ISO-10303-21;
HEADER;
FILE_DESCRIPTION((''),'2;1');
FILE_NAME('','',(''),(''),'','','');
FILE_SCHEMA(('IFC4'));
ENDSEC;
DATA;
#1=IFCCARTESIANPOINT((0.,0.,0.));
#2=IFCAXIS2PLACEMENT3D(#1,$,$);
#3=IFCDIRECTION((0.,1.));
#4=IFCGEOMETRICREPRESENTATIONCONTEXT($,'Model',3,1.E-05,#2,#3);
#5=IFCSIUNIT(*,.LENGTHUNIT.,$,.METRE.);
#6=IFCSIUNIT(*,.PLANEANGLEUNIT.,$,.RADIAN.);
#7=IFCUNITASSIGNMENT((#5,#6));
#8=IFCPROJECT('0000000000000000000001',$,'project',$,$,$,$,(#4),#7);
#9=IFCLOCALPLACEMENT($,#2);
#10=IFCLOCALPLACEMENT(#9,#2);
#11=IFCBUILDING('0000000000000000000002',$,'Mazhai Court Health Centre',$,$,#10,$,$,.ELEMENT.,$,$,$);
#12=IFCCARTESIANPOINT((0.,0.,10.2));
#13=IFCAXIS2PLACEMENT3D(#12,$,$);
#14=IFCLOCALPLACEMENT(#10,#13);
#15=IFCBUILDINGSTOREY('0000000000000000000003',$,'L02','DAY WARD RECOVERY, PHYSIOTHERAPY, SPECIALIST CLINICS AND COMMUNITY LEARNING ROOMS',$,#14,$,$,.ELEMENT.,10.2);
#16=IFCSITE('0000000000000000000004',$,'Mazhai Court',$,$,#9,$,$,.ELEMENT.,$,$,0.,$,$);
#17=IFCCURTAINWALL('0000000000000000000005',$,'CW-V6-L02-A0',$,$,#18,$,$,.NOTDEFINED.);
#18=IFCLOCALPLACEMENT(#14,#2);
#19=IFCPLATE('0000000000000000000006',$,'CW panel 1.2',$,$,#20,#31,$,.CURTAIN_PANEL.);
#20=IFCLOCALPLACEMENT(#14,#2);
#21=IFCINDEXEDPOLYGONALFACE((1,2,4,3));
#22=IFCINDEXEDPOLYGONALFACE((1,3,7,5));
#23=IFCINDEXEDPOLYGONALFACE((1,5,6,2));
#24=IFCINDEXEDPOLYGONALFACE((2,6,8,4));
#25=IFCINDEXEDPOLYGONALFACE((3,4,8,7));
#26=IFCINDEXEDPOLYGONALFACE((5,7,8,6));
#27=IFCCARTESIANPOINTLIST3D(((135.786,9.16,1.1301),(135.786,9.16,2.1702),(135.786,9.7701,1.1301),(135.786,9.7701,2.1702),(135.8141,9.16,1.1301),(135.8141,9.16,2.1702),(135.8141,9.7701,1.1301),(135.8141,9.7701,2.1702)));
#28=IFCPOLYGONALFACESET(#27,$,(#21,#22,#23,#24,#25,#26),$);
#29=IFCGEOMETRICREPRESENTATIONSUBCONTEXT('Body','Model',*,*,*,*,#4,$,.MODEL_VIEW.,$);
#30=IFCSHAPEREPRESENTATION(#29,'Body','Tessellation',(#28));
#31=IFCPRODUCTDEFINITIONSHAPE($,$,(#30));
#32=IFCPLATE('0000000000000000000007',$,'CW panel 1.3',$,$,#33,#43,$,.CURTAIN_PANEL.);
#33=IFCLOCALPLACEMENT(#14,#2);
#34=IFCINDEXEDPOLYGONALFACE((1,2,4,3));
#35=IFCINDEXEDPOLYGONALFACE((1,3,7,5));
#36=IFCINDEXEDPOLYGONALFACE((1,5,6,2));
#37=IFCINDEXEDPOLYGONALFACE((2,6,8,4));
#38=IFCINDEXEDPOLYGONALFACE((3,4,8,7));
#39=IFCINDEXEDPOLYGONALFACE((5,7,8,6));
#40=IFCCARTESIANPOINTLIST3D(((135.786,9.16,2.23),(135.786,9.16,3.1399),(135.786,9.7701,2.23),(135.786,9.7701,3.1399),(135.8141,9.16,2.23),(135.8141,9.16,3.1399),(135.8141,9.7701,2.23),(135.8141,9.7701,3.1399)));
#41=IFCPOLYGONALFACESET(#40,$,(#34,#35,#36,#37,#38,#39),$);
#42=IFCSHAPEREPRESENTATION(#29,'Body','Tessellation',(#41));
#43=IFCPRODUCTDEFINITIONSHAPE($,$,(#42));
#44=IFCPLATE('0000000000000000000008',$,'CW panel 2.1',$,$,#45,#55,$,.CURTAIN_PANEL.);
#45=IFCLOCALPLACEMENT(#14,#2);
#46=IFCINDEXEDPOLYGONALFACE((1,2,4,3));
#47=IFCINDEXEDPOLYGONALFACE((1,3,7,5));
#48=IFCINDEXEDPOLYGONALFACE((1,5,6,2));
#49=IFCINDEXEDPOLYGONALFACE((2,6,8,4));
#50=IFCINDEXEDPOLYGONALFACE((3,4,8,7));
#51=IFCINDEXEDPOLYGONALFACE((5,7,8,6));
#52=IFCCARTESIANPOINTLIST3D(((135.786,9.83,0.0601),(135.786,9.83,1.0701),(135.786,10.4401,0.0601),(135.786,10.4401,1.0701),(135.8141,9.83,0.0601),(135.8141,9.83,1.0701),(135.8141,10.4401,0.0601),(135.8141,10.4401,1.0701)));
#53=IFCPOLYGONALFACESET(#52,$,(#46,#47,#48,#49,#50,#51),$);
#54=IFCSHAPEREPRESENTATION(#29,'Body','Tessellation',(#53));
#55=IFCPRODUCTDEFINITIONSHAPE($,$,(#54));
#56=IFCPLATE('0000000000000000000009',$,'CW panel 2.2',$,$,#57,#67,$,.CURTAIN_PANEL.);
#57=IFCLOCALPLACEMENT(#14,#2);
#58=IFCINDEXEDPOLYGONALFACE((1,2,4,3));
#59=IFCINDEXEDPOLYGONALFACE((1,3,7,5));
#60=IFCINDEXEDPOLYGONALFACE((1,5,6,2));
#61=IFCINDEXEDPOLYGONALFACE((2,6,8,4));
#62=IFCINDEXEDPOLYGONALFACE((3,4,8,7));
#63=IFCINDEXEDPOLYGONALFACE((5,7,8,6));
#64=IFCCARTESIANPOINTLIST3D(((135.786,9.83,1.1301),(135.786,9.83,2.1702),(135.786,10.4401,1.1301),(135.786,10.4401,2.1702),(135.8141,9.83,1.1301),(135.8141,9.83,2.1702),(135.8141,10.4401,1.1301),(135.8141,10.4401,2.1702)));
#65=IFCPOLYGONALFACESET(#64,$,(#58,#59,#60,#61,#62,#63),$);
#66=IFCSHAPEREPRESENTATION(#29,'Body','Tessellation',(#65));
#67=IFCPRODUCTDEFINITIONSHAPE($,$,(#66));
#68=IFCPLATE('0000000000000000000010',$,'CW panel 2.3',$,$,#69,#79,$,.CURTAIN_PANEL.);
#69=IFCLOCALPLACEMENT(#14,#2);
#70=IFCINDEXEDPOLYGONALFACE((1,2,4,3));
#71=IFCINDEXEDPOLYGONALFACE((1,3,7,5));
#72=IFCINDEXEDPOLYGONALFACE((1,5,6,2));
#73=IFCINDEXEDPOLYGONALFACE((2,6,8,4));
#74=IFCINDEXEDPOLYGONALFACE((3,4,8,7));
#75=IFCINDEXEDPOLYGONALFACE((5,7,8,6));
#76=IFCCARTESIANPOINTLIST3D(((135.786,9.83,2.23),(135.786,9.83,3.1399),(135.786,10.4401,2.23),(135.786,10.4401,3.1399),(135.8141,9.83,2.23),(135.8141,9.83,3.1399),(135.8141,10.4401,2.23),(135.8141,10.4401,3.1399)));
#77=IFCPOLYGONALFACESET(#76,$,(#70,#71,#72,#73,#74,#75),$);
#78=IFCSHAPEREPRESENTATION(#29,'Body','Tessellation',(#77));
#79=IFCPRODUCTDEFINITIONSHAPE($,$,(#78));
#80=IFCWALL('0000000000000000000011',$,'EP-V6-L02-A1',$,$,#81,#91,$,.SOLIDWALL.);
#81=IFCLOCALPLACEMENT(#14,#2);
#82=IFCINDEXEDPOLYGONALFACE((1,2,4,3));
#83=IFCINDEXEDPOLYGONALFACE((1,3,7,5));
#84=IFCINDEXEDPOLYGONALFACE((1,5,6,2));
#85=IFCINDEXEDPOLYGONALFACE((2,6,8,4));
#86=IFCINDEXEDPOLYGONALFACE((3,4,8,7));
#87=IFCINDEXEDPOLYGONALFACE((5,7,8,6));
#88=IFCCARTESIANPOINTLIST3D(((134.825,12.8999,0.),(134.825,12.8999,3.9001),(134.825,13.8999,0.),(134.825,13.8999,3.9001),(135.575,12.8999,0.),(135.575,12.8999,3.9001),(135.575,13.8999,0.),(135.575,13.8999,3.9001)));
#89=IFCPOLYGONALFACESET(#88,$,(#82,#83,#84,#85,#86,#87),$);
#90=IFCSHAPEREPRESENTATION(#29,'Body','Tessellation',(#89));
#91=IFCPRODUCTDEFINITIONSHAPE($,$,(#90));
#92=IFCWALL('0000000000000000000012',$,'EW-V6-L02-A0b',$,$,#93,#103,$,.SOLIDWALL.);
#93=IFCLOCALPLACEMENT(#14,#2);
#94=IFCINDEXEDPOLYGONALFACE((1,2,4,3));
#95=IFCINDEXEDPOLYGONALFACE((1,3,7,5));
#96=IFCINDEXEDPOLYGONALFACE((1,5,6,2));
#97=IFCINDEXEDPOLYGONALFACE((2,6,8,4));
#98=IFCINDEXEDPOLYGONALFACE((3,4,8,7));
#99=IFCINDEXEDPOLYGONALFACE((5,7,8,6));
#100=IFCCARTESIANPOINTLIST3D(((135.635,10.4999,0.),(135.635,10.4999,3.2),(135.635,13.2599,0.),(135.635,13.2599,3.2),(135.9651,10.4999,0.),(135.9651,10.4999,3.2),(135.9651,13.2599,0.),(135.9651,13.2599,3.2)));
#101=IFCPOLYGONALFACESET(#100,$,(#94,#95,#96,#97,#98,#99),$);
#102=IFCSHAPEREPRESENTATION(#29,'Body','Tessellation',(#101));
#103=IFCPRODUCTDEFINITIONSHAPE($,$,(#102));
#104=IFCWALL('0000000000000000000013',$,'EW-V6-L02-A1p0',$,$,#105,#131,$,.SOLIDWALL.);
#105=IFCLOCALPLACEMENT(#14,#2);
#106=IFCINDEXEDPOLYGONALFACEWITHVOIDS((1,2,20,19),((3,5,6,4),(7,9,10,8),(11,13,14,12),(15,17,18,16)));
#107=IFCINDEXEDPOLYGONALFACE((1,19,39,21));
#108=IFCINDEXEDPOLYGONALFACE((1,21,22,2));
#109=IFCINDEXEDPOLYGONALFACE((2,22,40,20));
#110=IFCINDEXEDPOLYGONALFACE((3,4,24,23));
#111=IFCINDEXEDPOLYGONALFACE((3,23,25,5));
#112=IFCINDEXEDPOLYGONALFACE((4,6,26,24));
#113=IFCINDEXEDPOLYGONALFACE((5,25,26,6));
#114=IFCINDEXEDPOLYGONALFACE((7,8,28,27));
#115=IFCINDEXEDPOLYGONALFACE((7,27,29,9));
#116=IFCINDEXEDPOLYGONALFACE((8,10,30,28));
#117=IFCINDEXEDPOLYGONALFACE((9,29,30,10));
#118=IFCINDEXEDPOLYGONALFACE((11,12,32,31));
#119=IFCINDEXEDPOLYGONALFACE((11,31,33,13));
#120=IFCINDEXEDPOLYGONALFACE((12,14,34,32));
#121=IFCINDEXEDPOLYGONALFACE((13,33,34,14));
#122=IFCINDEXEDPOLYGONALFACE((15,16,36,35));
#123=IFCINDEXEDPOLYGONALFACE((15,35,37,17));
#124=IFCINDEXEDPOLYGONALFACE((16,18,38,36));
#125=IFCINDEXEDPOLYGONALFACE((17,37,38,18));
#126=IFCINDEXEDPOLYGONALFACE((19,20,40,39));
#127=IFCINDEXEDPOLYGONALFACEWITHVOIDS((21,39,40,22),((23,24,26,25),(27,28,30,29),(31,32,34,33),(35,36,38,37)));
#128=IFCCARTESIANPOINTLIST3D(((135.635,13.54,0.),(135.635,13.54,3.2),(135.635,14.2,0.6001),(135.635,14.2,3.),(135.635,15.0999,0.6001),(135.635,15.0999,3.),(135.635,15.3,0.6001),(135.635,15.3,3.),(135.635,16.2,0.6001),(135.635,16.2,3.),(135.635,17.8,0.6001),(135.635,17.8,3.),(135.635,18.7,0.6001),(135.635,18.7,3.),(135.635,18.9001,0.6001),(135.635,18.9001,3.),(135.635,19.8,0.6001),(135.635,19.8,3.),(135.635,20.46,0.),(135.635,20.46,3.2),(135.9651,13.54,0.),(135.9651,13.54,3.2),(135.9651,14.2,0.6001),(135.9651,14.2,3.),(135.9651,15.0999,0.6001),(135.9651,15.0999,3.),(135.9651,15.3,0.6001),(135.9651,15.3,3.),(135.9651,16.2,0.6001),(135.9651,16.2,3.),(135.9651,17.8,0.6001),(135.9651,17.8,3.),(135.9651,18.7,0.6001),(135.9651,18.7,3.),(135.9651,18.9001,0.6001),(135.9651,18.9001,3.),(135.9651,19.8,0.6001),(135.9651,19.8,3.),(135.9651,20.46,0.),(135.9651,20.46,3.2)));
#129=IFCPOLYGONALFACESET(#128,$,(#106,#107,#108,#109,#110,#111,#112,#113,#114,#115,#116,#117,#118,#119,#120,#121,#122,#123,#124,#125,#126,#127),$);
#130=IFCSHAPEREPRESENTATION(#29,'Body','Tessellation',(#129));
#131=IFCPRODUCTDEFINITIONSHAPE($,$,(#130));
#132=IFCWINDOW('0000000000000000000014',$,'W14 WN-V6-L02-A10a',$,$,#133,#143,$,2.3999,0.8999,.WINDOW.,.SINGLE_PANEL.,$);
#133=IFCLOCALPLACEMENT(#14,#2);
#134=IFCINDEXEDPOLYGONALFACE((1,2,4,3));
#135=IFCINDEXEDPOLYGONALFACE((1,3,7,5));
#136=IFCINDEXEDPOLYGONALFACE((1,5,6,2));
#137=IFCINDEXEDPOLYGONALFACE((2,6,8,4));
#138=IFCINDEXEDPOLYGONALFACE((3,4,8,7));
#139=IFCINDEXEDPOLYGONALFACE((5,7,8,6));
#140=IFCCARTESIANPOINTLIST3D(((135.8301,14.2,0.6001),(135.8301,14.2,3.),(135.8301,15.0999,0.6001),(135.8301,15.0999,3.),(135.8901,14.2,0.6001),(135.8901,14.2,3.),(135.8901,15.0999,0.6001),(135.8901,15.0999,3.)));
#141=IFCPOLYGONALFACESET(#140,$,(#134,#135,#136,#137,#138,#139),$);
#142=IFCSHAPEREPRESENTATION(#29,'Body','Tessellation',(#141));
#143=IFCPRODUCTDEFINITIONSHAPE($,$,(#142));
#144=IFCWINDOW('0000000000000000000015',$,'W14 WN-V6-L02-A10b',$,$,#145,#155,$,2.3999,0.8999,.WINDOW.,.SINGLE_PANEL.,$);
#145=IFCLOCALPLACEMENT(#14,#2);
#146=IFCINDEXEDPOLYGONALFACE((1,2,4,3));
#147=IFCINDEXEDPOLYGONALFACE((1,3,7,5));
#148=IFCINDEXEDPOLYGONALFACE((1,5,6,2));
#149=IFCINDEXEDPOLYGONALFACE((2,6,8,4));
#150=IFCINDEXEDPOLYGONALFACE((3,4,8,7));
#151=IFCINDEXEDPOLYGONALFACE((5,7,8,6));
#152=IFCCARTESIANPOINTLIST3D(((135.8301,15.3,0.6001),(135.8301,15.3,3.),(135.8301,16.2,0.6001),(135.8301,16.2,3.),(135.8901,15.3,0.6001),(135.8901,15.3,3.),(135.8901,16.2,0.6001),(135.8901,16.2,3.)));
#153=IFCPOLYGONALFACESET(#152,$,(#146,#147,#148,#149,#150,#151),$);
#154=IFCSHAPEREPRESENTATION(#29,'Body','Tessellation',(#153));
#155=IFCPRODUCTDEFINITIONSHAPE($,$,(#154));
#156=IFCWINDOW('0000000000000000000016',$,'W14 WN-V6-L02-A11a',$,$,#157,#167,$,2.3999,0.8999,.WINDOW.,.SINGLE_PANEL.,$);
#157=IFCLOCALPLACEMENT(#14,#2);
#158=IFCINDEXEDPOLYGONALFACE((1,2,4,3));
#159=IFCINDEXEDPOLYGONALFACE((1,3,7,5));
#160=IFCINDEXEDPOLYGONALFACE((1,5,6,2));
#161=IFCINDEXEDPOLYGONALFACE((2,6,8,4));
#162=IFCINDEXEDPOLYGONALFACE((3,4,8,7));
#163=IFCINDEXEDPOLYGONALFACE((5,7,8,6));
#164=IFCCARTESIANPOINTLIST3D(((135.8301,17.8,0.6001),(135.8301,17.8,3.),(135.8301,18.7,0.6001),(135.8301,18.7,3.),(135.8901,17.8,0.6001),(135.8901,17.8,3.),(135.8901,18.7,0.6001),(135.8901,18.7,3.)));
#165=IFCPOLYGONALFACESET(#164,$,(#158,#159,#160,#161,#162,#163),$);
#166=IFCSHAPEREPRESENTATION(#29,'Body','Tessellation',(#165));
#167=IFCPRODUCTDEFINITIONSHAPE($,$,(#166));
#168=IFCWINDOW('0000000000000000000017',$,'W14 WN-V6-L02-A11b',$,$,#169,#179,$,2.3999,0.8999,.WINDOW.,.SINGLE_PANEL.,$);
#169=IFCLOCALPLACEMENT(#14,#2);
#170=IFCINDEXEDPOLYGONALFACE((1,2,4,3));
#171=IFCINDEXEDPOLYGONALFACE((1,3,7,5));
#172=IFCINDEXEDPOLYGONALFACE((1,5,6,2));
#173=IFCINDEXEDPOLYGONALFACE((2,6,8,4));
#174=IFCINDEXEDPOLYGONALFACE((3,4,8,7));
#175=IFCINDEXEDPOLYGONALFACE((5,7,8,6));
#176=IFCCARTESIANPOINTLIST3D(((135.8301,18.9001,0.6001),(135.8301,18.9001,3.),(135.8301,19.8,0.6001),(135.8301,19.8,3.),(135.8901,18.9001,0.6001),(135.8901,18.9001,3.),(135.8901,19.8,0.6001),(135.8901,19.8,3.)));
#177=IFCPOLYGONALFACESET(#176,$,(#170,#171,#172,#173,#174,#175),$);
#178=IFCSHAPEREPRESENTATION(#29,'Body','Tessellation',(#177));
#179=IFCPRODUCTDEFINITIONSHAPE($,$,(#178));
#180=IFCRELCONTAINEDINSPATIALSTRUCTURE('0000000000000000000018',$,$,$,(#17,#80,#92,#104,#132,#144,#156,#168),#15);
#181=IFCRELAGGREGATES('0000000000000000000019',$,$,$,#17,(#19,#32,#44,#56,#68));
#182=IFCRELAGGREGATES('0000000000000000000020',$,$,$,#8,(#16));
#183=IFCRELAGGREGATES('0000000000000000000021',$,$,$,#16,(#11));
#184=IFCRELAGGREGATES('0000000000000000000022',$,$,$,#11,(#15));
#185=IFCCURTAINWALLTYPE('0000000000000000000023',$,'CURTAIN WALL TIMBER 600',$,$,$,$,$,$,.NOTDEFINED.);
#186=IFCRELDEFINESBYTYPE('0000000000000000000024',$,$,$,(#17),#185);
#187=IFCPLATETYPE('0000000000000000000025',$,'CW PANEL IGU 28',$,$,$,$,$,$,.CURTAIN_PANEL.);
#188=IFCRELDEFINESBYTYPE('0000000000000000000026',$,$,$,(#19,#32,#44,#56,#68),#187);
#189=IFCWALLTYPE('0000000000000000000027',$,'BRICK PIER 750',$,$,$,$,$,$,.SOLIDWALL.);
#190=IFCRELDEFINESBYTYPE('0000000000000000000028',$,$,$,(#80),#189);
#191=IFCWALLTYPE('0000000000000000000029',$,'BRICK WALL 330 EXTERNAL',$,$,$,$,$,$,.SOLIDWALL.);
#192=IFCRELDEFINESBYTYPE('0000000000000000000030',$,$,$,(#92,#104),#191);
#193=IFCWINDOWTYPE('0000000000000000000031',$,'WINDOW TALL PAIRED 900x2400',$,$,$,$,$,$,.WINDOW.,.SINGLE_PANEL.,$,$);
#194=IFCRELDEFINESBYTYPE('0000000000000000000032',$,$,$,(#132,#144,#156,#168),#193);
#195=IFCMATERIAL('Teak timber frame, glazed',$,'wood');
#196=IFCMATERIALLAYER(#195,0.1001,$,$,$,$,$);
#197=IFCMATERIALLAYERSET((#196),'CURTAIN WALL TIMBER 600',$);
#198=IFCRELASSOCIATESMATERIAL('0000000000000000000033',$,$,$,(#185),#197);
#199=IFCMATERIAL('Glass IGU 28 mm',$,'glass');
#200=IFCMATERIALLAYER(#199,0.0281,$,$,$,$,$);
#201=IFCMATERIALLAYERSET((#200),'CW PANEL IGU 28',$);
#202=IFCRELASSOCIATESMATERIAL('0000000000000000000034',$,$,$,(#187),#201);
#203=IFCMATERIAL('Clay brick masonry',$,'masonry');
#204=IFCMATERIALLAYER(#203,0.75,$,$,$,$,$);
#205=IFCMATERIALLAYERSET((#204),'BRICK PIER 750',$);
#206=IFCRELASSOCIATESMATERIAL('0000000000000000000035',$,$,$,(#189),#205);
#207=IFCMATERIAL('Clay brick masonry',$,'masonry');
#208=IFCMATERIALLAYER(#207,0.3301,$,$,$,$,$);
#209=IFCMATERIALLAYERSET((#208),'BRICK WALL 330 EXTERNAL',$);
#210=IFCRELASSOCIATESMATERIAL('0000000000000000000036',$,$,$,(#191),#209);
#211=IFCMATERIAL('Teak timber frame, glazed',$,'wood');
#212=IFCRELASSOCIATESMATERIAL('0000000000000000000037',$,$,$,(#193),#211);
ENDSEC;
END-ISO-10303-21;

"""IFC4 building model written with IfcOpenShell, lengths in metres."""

from ifc_helpers import new_model, si_unit, direction, frame, frame_2d, origin, origin_2d, place, context, subcontext, project, spatial, rectangle, extrude, material, layer, layer_set, type_object, element, fill, aggregate, save


model = new_model("IFC4")

# Units and contexts
model_context = context("Model", 3, precision=1e-05, world=origin(), true_north=direction((0.0, 1.0)))
body_context = subcontext(model_context, "Body", "Model", "MODEL_VIEW")
ifc_project = project(units=[si_unit("LENGTHUNIT", "METRE"), si_unit("PLANEANGLEUNIT", "RADIAN")], contexts=[model_context])

# Site, building, storey
site_placement = place(None, origin())
site = spatial("IfcSite", under=ifc_project, at=site_placement, Name="Mazhai Court", CompositionType="ELEMENT", RefElevation=0.0)
building_placement = place(site_placement, origin())
building = spatial("IfcBuilding", under=site, at=building_placement, Name="Mazhai Court Health Centre", CompositionType="ELEMENT")
storey_placement = place(building_placement, frame((0.0, 0.0, 10.2)))
storey = spatial("IfcBuildingStorey", under=building, at=storey_placement, Name="L02", Description="DAY WARD RECOVERY, PHYSIOTHERAPY, SPECIALIST CLINICS AND COMMUNITY LEARNING ROOMS", CompositionType="ELEMENT", Elevation=10.2)

# Curtain wall
ifc_material_1 = material(Name="Teak timber frame, glazed", Category="wood")
ifc_layer_1 = layer(ifc_material_1, 0.1001)
ifc_layer_set_1 = layer_set([ifc_layer_1], Name="CURTAIN WALL TIMBER 600")
curtain_wall_type = type_object("IfcCurtainWallType", Name="CURTAIN WALL TIMBER 600", PredefinedType="NOTDEFINED", material=ifc_layer_set_1)
curtain_wall_placement = place(storey_placement, origin())
curtain_wall = element("IfcCurtainWall", 1, at=curtain_wall_placement, inside=storey, type_object=curtain_wall_type, Name="CW-V6-L02-A0", PredefinedType="NOTDEFINED")

# Plates
ifc_material_2 = material(Name="Glass IGU 28 mm", Category="glass")
ifc_layer_2 = layer(ifc_material_2, 0.0281)
ifc_layer_set_2 = layer_set([ifc_layer_2], Name="CW PANEL IGU 28")
plate_type = type_object("IfcPlateType", Name="CW PANEL IGU 28", PredefinedType="CURTAIN_PANEL", material=ifc_layer_set_2)
plate_1_placement = place(storey_placement, frame((135.8, 9.4651, 1.1301), z_axis=(0.0, 0.0, 1.0), x_axis=(0.0, 1.0, 0.0)))
plate_1 = element("IfcPlate", 2, at=plate_1_placement, type_object=plate_type, Name="CW panel 1.2", PredefinedType="CURTAIN_PANEL", context=body_context, shape_type="SweptSolid", body=[
    extrude(rectangle(XDim=0.6101, YDim=0.0281, at=origin_2d()), origin(), (0.0, 0.0, 1.0), 1.04),
])
plate_2_placement = place(storey_placement, frame((135.8, 9.4651, 2.23), z_axis=(0.0, 0.0, 1.0), x_axis=(0.0, 1.0, 0.0)))
plate_2 = element("IfcPlate", 3, at=plate_2_placement, type_object=plate_type, Name="CW panel 1.3", PredefinedType="CURTAIN_PANEL", context=body_context, shape_type="SweptSolid", body=[
    extrude(rectangle(XDim=0.6101, YDim=0.0281, at=origin_2d()), origin(), (0.0, 0.0, 1.0), 0.9099),
])
plate_3_placement = place(storey_placement, frame((135.8, 10.135, 0.0601), z_axis=(0.0, 0.0, 1.0), x_axis=(0.0, 1.0, 0.0)))
plate_3 = element("IfcPlate", 4, at=plate_3_placement, type_object=plate_type, Name="CW panel 2.1", PredefinedType="CURTAIN_PANEL", context=body_context, shape_type="SweptSolid", body=[
    extrude(rectangle(XDim=0.6101, YDim=0.0281, at=origin_2d()), origin(), (0.0, 0.0, 1.0), 1.01),
])
plate_4_placement = place(storey_placement, frame((135.8, 10.135, 1.1301), z_axis=(0.0, 0.0, 1.0), x_axis=(0.0, 1.0, 0.0)))
plate_4 = element("IfcPlate", 5, at=plate_4_placement, type_object=plate_type, Name="CW panel 2.2", PredefinedType="CURTAIN_PANEL", context=body_context, shape_type="SweptSolid", body=[
    extrude(rectangle(XDim=0.6101, YDim=0.0281, at=origin_2d()), origin(), (0.0, 0.0, 1.0), 1.04),
])
plate_5_placement = place(storey_placement, frame((135.8, 10.135, 2.23), z_axis=(0.0, 0.0, 1.0), x_axis=(0.0, 1.0, 0.0)))
plate_5 = element("IfcPlate", 6, at=plate_5_placement, type_object=plate_type, Name="CW panel 2.3", PredefinedType="CURTAIN_PANEL", context=body_context, shape_type="SweptSolid", body=[
    extrude(rectangle(XDim=0.6101, YDim=0.0281, at=origin_2d()), origin(), (0.0, 0.0, 1.0), 0.9099),
])
aggregate(curtain_wall, [plate_1, plate_2, plate_3, plate_4, plate_5])

# Walls
ifc_material_3 = material(Name="Clay brick masonry", Category="masonry")
ifc_layer_3 = layer(ifc_material_3, 0.75)
ifc_layer_set_3 = layer_set([ifc_layer_3], Name="BRICK PIER 750")
wall_type_1 = type_object("IfcWallType", Name="BRICK PIER 750", PredefinedType="SOLIDWALL", material=ifc_layer_set_3)
wall_1_placement = place(storey_placement, frame((135.2, 12.8999, 0.0), z_axis=(0.0, 0.0, 1.0), x_axis=(0.0, 1.0, 0.0)))
element("IfcWall", 7, at=wall_1_placement, inside=storey, type_object=wall_type_1, Name="EP-V6-L02-A1", PredefinedType="SOLIDWALL", context=body_context, shape_type="SweptSolid", body=[
    extrude(rectangle(XDim=1.0, YDim=0.75, at=frame_2d((0.5, 0.0))), origin(), (0.0, 0.0, 1.0), 3.9001),
])
ifc_material_4 = material(Name="Clay brick masonry", Category="masonry")
ifc_layer_4 = layer(ifc_material_4, 0.3301)
ifc_layer_set_4 = layer_set([ifc_layer_4], Name="BRICK WALL 330 EXTERNAL")
wall_type_2 = type_object("IfcWallType", Name="BRICK WALL 330 EXTERNAL", PredefinedType="SOLIDWALL", material=ifc_layer_set_4)
wall_2_placement = place(storey_placement, frame((135.8, 10.5, 0.0), z_axis=(0.0, 0.0, 1.0), x_axis=(0.0, 1.0, 0.0)))
element("IfcWall", 8, at=wall_2_placement, inside=storey, type_object=wall_type_2, Name="EW-V6-L02-A0b", PredefinedType="SOLIDWALL", context=body_context, shape_type="SweptSolid", body=[
    extrude(rectangle(XDim=2.76, YDim=0.3301, at=frame_2d((1.3799, 0.0))), origin(), (0.0, 0.0, 1.0), 3.2),
])

# Wall, openings, windows
wall_3_placement = place(storey_placement, frame((135.8, 13.54, 0.0), z_axis=(0.0, 0.0, 1.0), x_axis=(0.0, 1.0, 0.0)))
wall_3 = element("IfcWall", 9, at=wall_3_placement, inside=storey, type_object=wall_type_2, Name="EW-V6-L02-A1p0", PredefinedType="SOLIDWALL", context=body_context, shape_type="SweptSolid", body=[
    extrude(rectangle(XDim=6.9199, YDim=0.3301, at=frame_2d((3.46, 0.0))), origin(), (0.0, 0.0, 1.0), 3.2),
])
opening_1_placement = place(wall_3_placement, frame((0.6599, 0.0, 0.6001)))
opening_1 = element("IfcOpeningElement", 10, at=opening_1_placement, cuts=wall_3, PredefinedType="OPENING", context=body_context, shape_type="SweptSolid", body=[
    extrude(rectangle(XDim=0.8999, YDim=2.3999, at=frame_2d((0.45, 1.2))), frame((0.0, 0.175, 0.0), z_axis=(0.0, -1.0, 0.0), x_axis=(1.0, 0.0, 0.0)), (0.0, 0.0, 1.0), 0.3501),
])
opening_2_placement = place(wall_3_placement, frame((1.76, 0.0, 0.6001)))
opening_2 = element("IfcOpeningElement", 11, at=opening_2_placement, cuts=wall_3, PredefinedType="OPENING", context=body_context, shape_type="SweptSolid", body=[
    extrude(rectangle(XDim=0.8999, YDim=2.3999, at=frame_2d((0.45, 1.2))), frame((0.0, 0.175, 0.0), z_axis=(0.0, -1.0, 0.0), x_axis=(1.0, 0.0, 0.0)), (0.0, 0.0, 1.0), 0.3501),
])
opening_3_placement = place(wall_3_placement, frame((4.26, 0.0, 0.6001)))
opening_3 = element("IfcOpeningElement", 12, at=opening_3_placement, cuts=wall_3, PredefinedType="OPENING", context=body_context, shape_type="SweptSolid", body=[
    extrude(rectangle(XDim=0.8999, YDim=2.3999, at=frame_2d((0.45, 1.2))), frame((0.0, 0.175, 0.0), z_axis=(0.0, -1.0, 0.0), x_axis=(1.0, 0.0, 0.0)), (0.0, 0.0, 1.0), 0.3501),
])
opening_4_placement = place(wall_3_placement, frame((5.3601, 0.0, 0.6001)))
opening_4 = element("IfcOpeningElement", 13, at=opening_4_placement, cuts=wall_3, PredefinedType="OPENING", context=body_context, shape_type="SweptSolid", body=[
    extrude(rectangle(XDim=0.8999, YDim=2.3999, at=frame_2d((0.45, 1.2))), frame((0.0, 0.175, 0.0), z_axis=(0.0, -1.0, 0.0), x_axis=(1.0, 0.0, 0.0)), (0.0, 0.0, 1.0), 0.3501),
])
ifc_material_5 = material(Name="Teak timber frame, glazed", Category="wood")
window_type = type_object("IfcWindowType", Name="WINDOW TALL PAIRED 900x2400", PartitioningType="SINGLE_PANEL", PredefinedType="WINDOW", material=ifc_material_5)
window_1_placement = place(opening_1_placement, origin())
window_1 = element("IfcWindow", 14, at=window_1_placement, inside=storey, type_object=window_type, Name="W14 WN-V6-L02-A10a", OverallHeight=2.3999, OverallWidth=0.8999, PartitioningType="SINGLE_PANEL", PredefinedType="WINDOW", context=body_context, shape_type="SweptSolid", body=[
    extrude(rectangle(XDim=0.8999, YDim=2.3999, at=frame_2d((0.45, 1.2))), frame((0.0, -0.03, 0.0), z_axis=(0.0, -1.0, 0.0), x_axis=(1.0, 0.0, 0.0)), (0.0, 0.0, 1.0), 0.0601),
])
fill(opening_1, window_1)
window_2_placement = place(opening_2_placement, origin())
window_2 = element("IfcWindow", 15, at=window_2_placement, inside=storey, type_object=window_type, Name="W14 WN-V6-L02-A10b", OverallHeight=2.3999, OverallWidth=0.8999, PartitioningType="SINGLE_PANEL", PredefinedType="WINDOW", context=body_context, shape_type="SweptSolid", body=[
    extrude(rectangle(XDim=0.8999, YDim=2.3999, at=frame_2d((0.45, 1.2))), frame((0.0, -0.03, 0.0), z_axis=(0.0, -1.0, 0.0), x_axis=(1.0, 0.0, 0.0)), (0.0, 0.0, 1.0), 0.0601),
])
fill(opening_2, window_2)
window_3_placement = place(opening_3_placement, origin())
window_3 = element("IfcWindow", 16, at=window_3_placement, inside=storey, type_object=window_type, Name="W14 WN-V6-L02-A11a", OverallHeight=2.3999, OverallWidth=0.8999, PartitioningType="SINGLE_PANEL", PredefinedType="WINDOW", context=body_context, shape_type="SweptSolid", body=[
    extrude(rectangle(XDim=0.8999, YDim=2.3999, at=frame_2d((0.45, 1.2))), frame((0.0, -0.03, 0.0), z_axis=(0.0, -1.0, 0.0), x_axis=(1.0, 0.0, 0.0)), (0.0, 0.0, 1.0), 0.0601),
])
fill(opening_3, window_3)
window_4_placement = place(opening_4_placement, origin())
window_4 = element("IfcWindow", 17, at=window_4_placement, inside=storey, type_object=window_type, Name="W14 WN-V6-L02-A11b", OverallHeight=2.3999, OverallWidth=0.8999, PartitioningType="SINGLE_PANEL", PredefinedType="WINDOW", context=body_context, shape_type="SweptSolid", body=[
    extrude(rectangle(XDim=0.8999, YDim=2.3999, at=frame_2d((0.45, 1.2))), frame((0.0, -0.03, 0.0), z_axis=(0.0, -1.0, 0.0), x_axis=(1.0, 0.0, 0.0)), (0.0, 0.0, 1.0), 0.0601),
])
fill(opening_4, window_4)

save(model, "model.ifc")
